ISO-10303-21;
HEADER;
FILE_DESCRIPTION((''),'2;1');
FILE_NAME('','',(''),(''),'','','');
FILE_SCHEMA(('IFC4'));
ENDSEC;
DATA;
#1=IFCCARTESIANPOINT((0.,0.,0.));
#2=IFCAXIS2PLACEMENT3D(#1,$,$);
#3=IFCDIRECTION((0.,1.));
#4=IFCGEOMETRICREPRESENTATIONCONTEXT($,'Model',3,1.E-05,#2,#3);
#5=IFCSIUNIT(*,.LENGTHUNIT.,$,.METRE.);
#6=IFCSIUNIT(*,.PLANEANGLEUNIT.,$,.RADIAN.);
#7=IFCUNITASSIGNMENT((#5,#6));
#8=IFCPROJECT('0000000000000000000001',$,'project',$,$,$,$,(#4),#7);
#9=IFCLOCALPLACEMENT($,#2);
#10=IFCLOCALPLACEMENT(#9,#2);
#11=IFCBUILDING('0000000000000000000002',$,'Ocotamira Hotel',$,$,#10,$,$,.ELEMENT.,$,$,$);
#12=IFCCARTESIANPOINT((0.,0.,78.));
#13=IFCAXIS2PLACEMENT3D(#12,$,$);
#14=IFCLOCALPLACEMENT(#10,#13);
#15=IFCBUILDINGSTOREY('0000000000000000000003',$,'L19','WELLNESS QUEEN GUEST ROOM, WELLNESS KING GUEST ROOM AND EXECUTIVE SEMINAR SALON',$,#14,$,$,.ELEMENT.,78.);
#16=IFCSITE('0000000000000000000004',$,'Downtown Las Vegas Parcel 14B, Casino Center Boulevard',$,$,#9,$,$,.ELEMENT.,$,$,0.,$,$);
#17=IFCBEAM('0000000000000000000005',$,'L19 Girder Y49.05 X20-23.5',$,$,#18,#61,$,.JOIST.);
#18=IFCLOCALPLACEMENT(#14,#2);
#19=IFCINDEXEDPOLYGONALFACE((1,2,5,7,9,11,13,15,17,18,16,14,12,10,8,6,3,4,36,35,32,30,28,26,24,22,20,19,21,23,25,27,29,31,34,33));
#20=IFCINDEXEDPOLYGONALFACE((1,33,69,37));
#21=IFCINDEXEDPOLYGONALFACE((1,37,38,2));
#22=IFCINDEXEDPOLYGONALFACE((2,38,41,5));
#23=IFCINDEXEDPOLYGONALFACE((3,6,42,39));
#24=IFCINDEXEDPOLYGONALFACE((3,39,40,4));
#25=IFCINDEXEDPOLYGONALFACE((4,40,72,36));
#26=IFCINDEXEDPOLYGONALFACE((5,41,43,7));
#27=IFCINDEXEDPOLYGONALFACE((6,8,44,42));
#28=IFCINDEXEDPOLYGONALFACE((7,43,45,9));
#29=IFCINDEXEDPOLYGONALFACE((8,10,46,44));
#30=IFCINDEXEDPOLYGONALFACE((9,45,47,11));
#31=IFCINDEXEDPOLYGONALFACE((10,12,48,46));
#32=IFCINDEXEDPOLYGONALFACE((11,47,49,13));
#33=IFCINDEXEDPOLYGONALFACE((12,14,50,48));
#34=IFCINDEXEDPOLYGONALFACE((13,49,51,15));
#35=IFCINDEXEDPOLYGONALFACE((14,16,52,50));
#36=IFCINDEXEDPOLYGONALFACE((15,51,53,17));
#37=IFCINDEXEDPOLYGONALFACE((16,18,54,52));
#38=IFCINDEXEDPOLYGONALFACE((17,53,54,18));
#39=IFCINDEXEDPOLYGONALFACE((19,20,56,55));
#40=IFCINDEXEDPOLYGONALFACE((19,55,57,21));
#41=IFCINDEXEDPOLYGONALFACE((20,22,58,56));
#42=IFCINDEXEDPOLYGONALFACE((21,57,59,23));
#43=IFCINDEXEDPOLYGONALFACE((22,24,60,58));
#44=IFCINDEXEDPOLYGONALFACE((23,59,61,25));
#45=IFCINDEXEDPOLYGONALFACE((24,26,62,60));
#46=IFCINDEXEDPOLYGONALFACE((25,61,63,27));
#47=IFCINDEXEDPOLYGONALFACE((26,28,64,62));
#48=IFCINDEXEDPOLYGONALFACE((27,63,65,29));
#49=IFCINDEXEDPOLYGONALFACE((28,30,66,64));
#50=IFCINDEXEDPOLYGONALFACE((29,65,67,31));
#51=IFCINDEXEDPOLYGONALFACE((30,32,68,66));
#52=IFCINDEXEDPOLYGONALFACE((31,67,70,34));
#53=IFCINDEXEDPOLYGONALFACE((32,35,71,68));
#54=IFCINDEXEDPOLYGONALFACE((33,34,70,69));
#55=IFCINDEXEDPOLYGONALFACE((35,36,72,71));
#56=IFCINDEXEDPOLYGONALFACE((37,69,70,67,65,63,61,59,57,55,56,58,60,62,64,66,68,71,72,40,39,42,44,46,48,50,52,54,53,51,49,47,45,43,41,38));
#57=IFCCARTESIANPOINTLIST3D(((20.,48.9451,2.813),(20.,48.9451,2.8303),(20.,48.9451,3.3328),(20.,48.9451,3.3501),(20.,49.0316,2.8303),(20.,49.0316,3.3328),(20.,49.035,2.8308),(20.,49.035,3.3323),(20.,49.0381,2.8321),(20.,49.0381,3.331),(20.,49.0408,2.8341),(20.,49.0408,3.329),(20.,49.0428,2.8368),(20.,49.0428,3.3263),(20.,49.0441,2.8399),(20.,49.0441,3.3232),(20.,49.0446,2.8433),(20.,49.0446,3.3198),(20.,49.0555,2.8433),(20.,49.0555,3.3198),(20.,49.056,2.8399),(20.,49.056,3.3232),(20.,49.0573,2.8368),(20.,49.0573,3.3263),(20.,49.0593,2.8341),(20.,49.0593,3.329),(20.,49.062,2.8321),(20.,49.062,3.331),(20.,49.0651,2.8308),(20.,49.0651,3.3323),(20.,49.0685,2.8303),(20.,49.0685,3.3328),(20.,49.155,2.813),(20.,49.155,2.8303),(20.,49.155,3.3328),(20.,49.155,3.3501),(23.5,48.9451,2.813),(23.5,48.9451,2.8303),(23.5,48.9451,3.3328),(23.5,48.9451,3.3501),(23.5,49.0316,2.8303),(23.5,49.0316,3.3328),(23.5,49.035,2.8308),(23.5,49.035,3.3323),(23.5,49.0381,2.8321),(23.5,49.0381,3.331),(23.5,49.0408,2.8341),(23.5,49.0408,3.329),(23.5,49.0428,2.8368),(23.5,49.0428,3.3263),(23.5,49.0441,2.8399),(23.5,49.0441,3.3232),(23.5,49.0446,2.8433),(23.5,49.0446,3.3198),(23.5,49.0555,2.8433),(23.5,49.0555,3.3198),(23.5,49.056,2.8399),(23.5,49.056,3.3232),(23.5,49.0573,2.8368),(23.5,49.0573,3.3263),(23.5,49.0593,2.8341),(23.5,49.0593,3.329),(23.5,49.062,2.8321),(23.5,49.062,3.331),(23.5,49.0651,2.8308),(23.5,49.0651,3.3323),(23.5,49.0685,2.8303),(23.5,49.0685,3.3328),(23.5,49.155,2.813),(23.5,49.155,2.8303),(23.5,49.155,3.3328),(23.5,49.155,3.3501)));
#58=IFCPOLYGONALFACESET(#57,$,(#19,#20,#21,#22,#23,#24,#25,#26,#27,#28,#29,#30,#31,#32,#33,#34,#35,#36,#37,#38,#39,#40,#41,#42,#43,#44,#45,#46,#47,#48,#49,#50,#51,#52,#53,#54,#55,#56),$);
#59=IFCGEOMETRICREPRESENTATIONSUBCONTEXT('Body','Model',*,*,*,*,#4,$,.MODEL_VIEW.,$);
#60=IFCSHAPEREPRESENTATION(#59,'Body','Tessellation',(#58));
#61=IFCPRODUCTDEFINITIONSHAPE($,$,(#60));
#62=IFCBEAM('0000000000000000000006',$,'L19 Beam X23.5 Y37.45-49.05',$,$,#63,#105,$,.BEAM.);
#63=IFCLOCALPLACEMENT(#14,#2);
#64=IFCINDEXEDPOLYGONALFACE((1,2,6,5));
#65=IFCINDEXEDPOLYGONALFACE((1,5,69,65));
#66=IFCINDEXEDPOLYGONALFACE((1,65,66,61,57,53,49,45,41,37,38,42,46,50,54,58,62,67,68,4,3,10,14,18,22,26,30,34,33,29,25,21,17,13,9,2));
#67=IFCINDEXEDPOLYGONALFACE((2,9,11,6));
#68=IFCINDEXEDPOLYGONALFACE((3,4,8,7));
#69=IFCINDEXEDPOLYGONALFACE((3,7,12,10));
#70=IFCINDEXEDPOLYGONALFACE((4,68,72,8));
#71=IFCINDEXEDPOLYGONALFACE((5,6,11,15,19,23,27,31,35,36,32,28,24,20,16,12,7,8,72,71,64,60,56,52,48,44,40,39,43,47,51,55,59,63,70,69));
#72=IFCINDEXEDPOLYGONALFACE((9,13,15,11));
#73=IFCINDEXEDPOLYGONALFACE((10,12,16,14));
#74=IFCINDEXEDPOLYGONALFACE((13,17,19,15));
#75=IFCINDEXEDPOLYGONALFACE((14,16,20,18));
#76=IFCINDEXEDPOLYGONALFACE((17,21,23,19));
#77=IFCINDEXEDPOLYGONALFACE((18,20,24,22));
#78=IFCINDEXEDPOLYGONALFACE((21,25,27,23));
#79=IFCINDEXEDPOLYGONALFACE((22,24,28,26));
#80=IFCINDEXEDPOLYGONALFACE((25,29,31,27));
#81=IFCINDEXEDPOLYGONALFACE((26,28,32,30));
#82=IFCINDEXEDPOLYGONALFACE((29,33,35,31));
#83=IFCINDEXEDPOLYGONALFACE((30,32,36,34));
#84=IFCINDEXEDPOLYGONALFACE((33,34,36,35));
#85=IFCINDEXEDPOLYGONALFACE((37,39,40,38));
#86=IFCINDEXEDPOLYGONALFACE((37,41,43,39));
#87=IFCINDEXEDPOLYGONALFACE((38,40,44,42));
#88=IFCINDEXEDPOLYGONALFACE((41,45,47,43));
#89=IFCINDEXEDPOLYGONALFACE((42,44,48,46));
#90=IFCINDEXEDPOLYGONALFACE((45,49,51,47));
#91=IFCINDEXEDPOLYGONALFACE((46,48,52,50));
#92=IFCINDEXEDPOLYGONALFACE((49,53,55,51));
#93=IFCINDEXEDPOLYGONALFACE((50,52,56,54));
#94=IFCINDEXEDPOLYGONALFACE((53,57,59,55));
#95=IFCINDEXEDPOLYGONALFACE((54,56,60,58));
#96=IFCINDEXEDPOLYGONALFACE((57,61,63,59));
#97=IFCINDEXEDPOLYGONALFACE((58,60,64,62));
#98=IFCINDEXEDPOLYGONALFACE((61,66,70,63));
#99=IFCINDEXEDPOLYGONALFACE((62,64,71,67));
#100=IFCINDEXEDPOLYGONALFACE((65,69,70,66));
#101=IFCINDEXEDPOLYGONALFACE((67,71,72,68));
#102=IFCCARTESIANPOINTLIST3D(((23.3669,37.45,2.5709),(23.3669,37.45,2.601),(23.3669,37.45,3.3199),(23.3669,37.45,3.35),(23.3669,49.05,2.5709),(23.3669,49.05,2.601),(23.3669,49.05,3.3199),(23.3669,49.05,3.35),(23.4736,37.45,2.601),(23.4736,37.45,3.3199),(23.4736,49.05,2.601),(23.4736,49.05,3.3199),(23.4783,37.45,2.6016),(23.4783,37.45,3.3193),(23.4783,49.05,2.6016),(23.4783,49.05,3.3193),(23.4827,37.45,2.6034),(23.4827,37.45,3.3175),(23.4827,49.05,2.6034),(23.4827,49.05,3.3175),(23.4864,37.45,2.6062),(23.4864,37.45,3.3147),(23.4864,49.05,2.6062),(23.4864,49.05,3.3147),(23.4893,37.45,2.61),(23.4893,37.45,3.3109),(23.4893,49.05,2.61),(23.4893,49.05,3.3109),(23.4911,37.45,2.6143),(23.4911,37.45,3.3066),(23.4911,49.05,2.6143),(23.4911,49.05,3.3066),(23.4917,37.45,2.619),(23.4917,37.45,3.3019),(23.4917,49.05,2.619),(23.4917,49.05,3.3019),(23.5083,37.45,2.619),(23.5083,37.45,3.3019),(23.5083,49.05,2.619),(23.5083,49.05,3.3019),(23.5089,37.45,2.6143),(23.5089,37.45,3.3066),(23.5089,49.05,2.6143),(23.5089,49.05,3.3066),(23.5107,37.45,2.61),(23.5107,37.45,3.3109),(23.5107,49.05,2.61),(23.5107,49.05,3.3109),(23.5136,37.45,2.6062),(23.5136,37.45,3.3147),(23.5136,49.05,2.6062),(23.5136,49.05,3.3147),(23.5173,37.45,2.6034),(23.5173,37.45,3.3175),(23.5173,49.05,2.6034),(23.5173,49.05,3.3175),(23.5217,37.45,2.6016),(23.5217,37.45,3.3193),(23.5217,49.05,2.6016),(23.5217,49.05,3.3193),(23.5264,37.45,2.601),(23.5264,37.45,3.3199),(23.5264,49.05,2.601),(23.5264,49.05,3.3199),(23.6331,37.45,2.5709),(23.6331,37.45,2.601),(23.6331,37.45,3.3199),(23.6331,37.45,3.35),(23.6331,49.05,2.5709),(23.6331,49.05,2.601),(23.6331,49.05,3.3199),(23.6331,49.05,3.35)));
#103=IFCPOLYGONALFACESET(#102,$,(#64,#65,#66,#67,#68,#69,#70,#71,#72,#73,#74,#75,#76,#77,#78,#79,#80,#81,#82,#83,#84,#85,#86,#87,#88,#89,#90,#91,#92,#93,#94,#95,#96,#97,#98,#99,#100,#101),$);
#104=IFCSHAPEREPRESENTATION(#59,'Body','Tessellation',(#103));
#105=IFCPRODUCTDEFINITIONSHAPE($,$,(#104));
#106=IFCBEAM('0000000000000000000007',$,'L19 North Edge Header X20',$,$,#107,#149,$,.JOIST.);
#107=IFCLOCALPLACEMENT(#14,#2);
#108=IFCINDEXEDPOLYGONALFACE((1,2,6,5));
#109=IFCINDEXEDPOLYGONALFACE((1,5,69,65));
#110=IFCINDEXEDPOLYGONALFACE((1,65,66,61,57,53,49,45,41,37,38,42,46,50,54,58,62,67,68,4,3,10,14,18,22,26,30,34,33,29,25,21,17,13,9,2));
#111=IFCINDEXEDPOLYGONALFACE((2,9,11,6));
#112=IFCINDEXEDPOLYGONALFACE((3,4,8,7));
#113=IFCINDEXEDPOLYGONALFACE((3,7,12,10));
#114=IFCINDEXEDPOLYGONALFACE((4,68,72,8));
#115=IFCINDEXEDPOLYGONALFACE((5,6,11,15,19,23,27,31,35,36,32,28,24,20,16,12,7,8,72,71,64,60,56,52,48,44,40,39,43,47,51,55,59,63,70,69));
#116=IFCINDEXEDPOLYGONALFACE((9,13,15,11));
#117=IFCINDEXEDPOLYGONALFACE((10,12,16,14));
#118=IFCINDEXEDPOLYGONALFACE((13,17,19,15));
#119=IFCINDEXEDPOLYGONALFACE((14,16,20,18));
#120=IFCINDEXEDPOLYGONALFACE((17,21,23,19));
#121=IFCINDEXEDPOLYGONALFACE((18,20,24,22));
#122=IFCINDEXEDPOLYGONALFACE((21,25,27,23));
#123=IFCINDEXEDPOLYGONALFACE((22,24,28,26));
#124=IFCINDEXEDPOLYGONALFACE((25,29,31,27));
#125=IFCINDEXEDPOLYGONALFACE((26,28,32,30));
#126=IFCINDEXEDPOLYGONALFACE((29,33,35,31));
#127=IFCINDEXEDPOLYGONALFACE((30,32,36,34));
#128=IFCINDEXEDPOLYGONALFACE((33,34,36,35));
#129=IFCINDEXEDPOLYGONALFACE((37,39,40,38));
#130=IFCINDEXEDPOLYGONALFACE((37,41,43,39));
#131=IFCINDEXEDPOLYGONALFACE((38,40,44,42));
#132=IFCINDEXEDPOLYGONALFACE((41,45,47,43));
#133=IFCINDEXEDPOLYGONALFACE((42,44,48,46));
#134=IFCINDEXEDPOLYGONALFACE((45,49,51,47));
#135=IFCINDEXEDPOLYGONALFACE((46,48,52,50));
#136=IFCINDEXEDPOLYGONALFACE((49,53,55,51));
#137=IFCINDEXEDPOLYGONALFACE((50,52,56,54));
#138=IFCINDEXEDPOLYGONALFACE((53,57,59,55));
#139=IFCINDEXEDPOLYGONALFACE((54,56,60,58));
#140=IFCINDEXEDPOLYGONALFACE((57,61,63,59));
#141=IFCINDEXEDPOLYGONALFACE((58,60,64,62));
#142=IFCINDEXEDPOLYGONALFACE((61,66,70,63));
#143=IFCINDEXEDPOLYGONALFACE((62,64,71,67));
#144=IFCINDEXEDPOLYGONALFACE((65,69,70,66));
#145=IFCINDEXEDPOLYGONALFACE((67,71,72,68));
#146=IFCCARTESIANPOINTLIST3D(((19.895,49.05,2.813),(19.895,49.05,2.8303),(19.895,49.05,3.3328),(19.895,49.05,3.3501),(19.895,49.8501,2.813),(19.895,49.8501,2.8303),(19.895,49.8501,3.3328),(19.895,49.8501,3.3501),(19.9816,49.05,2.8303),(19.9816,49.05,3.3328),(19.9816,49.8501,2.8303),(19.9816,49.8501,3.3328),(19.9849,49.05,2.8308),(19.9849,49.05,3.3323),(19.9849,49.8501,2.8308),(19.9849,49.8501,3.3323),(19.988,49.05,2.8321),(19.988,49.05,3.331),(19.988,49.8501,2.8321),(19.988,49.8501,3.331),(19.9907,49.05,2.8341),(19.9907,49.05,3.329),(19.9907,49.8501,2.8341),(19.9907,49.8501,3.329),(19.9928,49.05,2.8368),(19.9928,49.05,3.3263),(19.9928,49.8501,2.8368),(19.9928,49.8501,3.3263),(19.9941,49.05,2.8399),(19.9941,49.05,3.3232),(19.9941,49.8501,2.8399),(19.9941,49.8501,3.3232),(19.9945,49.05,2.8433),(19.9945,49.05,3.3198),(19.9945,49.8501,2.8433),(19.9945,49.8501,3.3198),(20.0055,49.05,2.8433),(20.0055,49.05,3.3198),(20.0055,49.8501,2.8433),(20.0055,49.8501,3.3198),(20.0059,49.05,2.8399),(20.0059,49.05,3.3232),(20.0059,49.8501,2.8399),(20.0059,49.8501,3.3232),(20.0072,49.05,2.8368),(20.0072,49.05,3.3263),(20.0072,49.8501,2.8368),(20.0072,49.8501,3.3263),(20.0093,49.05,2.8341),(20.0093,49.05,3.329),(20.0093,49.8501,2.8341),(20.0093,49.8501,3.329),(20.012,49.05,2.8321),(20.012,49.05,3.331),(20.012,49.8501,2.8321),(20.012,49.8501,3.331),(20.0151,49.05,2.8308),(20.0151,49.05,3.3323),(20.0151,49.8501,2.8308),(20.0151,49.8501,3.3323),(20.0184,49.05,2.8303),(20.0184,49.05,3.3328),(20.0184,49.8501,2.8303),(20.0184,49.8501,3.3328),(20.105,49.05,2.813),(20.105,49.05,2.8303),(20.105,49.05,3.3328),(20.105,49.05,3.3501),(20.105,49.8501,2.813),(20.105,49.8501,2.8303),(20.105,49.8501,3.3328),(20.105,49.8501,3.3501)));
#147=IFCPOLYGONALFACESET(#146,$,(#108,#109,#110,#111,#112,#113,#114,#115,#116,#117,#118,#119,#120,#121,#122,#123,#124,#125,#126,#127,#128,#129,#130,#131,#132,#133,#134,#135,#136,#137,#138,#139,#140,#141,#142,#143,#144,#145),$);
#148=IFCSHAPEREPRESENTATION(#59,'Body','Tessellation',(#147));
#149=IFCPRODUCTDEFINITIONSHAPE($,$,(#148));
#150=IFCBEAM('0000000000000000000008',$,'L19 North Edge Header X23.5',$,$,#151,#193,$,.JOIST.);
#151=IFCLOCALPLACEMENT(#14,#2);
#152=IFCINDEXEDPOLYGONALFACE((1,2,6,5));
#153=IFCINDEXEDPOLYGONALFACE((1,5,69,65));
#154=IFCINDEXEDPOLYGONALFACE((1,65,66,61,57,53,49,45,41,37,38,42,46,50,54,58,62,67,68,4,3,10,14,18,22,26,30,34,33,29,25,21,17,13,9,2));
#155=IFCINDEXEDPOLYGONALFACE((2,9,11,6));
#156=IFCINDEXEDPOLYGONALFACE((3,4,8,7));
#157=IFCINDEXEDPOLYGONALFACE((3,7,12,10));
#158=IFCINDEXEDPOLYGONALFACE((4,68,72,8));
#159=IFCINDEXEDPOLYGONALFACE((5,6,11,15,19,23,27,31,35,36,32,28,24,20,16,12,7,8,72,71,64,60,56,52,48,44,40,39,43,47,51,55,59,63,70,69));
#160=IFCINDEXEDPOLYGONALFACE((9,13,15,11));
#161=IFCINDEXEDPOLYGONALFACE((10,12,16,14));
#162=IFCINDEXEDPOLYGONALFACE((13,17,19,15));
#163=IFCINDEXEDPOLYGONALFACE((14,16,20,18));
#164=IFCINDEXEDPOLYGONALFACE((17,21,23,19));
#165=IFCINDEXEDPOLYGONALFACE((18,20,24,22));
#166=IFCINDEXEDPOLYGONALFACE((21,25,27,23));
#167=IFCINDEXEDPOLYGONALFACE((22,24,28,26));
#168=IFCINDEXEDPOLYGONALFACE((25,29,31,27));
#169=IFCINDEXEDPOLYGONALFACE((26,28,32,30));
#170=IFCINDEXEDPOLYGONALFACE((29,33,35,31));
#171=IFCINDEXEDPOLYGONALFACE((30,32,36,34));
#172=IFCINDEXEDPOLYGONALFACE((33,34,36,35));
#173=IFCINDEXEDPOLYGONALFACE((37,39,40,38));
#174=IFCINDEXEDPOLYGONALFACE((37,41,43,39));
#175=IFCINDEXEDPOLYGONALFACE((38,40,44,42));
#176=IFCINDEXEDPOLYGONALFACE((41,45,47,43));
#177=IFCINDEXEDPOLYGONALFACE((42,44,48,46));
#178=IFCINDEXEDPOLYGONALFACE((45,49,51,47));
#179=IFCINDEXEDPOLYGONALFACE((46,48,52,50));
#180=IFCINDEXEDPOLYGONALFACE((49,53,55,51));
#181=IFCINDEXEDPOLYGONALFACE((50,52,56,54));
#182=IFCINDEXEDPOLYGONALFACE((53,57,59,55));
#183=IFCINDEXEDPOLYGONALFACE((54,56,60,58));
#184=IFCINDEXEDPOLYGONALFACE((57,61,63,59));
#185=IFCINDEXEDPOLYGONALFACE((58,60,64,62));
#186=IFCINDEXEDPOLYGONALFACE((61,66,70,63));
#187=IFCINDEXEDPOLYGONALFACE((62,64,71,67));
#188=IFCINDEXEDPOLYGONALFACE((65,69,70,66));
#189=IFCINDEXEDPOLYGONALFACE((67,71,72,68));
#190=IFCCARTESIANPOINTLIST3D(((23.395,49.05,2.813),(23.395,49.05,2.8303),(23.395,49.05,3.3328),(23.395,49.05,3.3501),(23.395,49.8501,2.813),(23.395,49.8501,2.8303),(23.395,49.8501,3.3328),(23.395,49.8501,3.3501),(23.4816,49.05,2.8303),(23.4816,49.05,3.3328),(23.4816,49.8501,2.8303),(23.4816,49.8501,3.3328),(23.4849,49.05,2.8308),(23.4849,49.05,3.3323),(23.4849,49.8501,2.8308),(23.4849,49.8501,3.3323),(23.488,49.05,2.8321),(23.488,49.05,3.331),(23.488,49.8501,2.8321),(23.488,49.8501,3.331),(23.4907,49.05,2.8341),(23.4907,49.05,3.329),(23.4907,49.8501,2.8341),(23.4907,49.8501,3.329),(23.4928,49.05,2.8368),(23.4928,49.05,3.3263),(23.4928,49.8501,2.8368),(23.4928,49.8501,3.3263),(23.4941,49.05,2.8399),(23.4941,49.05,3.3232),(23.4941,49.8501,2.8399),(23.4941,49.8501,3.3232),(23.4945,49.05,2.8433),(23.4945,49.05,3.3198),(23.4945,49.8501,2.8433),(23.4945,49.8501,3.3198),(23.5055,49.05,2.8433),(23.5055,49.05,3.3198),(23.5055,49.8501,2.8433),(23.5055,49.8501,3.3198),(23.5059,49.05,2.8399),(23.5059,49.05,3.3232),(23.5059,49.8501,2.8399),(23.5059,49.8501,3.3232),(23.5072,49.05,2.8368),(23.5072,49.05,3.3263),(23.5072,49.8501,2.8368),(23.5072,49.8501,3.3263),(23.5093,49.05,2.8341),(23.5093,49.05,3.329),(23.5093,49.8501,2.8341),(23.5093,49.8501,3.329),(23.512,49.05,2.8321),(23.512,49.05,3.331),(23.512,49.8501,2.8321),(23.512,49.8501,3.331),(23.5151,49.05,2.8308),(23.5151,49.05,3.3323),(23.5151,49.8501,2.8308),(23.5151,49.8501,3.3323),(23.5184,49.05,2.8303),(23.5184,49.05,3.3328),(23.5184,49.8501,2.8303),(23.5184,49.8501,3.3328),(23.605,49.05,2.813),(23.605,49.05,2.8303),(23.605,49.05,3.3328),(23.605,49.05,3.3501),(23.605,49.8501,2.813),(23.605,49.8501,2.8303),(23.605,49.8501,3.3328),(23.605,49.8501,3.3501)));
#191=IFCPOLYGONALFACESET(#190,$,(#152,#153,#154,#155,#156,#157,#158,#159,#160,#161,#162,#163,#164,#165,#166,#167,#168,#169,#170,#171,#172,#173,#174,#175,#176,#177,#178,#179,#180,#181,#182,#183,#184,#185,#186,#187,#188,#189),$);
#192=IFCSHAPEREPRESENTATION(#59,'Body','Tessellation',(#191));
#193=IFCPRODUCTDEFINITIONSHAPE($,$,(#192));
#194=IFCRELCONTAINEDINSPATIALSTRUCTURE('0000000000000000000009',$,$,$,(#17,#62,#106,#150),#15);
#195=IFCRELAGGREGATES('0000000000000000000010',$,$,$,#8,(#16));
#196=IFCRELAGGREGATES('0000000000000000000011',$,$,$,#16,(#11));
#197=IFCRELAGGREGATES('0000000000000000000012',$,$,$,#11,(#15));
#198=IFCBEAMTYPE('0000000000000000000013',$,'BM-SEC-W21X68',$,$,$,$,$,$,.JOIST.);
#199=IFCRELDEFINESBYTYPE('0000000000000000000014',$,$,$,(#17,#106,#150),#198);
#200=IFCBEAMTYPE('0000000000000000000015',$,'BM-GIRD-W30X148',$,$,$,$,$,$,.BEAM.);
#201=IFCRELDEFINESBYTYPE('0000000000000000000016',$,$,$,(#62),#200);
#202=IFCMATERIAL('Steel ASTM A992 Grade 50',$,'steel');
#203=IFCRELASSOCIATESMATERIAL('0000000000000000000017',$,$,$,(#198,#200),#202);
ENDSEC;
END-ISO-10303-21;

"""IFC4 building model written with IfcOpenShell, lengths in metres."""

from ifc_helpers import new_model, si_unit, direction, frame, origin, origin_2d, place, context, subcontext, project, spatial, i_section, extrude, source, transform, mapped, material, material_profile, profile_set, type_object, element, save


model = new_model("IFC4")

# Units and contexts
model_context = context("Model", 3, precision=1e-05, world=origin(), true_north=direction((0.0, 1.0)))
body_context = subcontext(model_context, "Body", "Model", "MODEL_VIEW")
ifc_project = project(units=[si_unit("LENGTHUNIT", "METRE"), si_unit("PLANEANGLEUNIT", "RADIAN")], contexts=[model_context])

# Site, building, storey
site_placement = place(None, origin())
site = spatial("IfcSite", under=ifc_project, at=site_placement, Name="Downtown Las Vegas Parcel 14B, Casino Center Boulevard", CompositionType="ELEMENT", RefElevation=0.0)
building_placement = place(site_placement, origin())
building = spatial("IfcBuilding", under=site, at=building_placement, Name="Ocotamira Hotel", CompositionType="ELEMENT")
storey_placement = place(building_placement, frame((0.0, 0.0, 78.0)))
storey = spatial("IfcBuildingStorey", under=building, at=storey_placement, Name="L19", Description="WELLNESS QUEEN GUEST ROOM, WELLNESS KING GUEST ROOM AND EXECUTIVE SEMINAR SALON", CompositionType="ELEMENT", Elevation=78.0)

# Beams
ifc_material_1 = material(Name="Steel ASTM A992 Grade 50", Category="steel")
ifc_material_profile_1 = material_profile(ifc_material_1, i_section(OverallWidth=0.21, OverallDepth=0.5371, WebThickness=0.011, FlangeThickness=0.0173, FilletRadius=0.0129, at=origin_2d()), Name="W21X68")
ifc_profile_set_1 = profile_set([ifc_material_profile_1], Name="Steel ASTM A992 Grade 50")
beam_type_1 = type_object("IfcBeamType", Name="BM-SEC-W21X68", PredefinedType="JOIST", material=ifc_profile_set_1)
shared_shape_1 = source(origin(), body_context, "Body", "SweptSolid", [
    extrude(i_section(OverallWidth=0.21, OverallDepth=0.5371, WebThickness=0.011, FlangeThickness=0.0173, FilletRadius=0.0129, at=origin_2d()), origin(), (0.0, 0.0, 1.0), 3.5),
])
beam_1_placement = place(storey_placement, frame((20.0, 49.05, 3.0815), z_axis=(1.0, 0.0, 0.0), x_axis=(0.0, 1.0, 0.0)))
element("IfcBeam", 1, at=beam_1_placement, inside=storey, type_object=beam_type_1, Name="L19 Girder Y49.05 X20-23.5", PredefinedType="JOIST", context=body_context, shape_type="MappedRepresentation", body=[
    mapped(shared_shape_1, transform((0.0, 0.0, 0.0), scale=1.0)),
])
ifc_material_profile_2 = material_profile(ifc_material_1, i_section(OverallWidth=0.2661, OverallDepth=0.7791, WebThickness=0.0166, FlangeThickness=0.03, FilletRadius=0.0181, at=origin_2d()), Name="W30X148")
ifc_profile_set_2 = profile_set([ifc_material_profile_2], Name="Steel ASTM A992 Grade 50")
beam_type_2 = type_object("IfcBeamType", Name="BM-GIRD-W30X148", PredefinedType="BEAM", material=ifc_profile_set_2)
shared_shape_2 = source(origin(), body_context, "Body", "SweptSolid", [
    extrude(i_section(OverallWidth=0.2661, OverallDepth=0.7791, WebThickness=0.0166, FlangeThickness=0.03, FilletRadius=0.0181, at=origin_2d()), origin(), (0.0, 0.0, 1.0), 11.6001),
])
beam_2_placement = place(storey_placement, frame((23.5, 37.45, 2.9604), z_axis=(0.0, 1.0, 0.0), x_axis=(-1.0, 0.0, 0.0)))
element("IfcBeam", 2, at=beam_2_placement, inside=storey, type_object=beam_type_2, Name="L19 Beam X23.5 Y37.45-49.05", PredefinedType="BEAM", context=body_context, shape_type="MappedRepresentation", body=[
    mapped(shared_shape_2, transform((0.0, 0.0, 0.0), scale=1.0)),
])
shared_shape_3 = source(origin(), body_context, "Body", "SweptSolid", [
    extrude(i_section(OverallWidth=0.21, OverallDepth=0.5371, WebThickness=0.011, FlangeThickness=0.0173, FilletRadius=0.0129, at=origin_2d()), origin(), (0.0, 0.0, 1.0), 0.8),
])
for number, where, z_axis, x_axis, name in (
    (3, (20.0, 49.05, 3.0815), (0.0, 1.0, 0.0), (-1.0, 0.0, 0.0), "L19 North Edge Header X20"),
    (4, (23.5, 49.05, 3.0815), (0.0, 1.0, 0.0), (-1.0, 0.0, 0.0), "L19 North Edge Header X23.5"),
):
    element("IfcBeam", number, at=place(storey_placement, frame(where, z_axis=z_axis, x_axis=x_axis)), inside=storey, type_object=beam_type_1, Name=name, PredefinedType="JOIST", context=body_context, shape_type="MappedRepresentation", body=[
        mapped(shared_shape_3, transform((0.0, 0.0, 0.0), scale=1.0)),
    ])

save(model, "model.ifc")
